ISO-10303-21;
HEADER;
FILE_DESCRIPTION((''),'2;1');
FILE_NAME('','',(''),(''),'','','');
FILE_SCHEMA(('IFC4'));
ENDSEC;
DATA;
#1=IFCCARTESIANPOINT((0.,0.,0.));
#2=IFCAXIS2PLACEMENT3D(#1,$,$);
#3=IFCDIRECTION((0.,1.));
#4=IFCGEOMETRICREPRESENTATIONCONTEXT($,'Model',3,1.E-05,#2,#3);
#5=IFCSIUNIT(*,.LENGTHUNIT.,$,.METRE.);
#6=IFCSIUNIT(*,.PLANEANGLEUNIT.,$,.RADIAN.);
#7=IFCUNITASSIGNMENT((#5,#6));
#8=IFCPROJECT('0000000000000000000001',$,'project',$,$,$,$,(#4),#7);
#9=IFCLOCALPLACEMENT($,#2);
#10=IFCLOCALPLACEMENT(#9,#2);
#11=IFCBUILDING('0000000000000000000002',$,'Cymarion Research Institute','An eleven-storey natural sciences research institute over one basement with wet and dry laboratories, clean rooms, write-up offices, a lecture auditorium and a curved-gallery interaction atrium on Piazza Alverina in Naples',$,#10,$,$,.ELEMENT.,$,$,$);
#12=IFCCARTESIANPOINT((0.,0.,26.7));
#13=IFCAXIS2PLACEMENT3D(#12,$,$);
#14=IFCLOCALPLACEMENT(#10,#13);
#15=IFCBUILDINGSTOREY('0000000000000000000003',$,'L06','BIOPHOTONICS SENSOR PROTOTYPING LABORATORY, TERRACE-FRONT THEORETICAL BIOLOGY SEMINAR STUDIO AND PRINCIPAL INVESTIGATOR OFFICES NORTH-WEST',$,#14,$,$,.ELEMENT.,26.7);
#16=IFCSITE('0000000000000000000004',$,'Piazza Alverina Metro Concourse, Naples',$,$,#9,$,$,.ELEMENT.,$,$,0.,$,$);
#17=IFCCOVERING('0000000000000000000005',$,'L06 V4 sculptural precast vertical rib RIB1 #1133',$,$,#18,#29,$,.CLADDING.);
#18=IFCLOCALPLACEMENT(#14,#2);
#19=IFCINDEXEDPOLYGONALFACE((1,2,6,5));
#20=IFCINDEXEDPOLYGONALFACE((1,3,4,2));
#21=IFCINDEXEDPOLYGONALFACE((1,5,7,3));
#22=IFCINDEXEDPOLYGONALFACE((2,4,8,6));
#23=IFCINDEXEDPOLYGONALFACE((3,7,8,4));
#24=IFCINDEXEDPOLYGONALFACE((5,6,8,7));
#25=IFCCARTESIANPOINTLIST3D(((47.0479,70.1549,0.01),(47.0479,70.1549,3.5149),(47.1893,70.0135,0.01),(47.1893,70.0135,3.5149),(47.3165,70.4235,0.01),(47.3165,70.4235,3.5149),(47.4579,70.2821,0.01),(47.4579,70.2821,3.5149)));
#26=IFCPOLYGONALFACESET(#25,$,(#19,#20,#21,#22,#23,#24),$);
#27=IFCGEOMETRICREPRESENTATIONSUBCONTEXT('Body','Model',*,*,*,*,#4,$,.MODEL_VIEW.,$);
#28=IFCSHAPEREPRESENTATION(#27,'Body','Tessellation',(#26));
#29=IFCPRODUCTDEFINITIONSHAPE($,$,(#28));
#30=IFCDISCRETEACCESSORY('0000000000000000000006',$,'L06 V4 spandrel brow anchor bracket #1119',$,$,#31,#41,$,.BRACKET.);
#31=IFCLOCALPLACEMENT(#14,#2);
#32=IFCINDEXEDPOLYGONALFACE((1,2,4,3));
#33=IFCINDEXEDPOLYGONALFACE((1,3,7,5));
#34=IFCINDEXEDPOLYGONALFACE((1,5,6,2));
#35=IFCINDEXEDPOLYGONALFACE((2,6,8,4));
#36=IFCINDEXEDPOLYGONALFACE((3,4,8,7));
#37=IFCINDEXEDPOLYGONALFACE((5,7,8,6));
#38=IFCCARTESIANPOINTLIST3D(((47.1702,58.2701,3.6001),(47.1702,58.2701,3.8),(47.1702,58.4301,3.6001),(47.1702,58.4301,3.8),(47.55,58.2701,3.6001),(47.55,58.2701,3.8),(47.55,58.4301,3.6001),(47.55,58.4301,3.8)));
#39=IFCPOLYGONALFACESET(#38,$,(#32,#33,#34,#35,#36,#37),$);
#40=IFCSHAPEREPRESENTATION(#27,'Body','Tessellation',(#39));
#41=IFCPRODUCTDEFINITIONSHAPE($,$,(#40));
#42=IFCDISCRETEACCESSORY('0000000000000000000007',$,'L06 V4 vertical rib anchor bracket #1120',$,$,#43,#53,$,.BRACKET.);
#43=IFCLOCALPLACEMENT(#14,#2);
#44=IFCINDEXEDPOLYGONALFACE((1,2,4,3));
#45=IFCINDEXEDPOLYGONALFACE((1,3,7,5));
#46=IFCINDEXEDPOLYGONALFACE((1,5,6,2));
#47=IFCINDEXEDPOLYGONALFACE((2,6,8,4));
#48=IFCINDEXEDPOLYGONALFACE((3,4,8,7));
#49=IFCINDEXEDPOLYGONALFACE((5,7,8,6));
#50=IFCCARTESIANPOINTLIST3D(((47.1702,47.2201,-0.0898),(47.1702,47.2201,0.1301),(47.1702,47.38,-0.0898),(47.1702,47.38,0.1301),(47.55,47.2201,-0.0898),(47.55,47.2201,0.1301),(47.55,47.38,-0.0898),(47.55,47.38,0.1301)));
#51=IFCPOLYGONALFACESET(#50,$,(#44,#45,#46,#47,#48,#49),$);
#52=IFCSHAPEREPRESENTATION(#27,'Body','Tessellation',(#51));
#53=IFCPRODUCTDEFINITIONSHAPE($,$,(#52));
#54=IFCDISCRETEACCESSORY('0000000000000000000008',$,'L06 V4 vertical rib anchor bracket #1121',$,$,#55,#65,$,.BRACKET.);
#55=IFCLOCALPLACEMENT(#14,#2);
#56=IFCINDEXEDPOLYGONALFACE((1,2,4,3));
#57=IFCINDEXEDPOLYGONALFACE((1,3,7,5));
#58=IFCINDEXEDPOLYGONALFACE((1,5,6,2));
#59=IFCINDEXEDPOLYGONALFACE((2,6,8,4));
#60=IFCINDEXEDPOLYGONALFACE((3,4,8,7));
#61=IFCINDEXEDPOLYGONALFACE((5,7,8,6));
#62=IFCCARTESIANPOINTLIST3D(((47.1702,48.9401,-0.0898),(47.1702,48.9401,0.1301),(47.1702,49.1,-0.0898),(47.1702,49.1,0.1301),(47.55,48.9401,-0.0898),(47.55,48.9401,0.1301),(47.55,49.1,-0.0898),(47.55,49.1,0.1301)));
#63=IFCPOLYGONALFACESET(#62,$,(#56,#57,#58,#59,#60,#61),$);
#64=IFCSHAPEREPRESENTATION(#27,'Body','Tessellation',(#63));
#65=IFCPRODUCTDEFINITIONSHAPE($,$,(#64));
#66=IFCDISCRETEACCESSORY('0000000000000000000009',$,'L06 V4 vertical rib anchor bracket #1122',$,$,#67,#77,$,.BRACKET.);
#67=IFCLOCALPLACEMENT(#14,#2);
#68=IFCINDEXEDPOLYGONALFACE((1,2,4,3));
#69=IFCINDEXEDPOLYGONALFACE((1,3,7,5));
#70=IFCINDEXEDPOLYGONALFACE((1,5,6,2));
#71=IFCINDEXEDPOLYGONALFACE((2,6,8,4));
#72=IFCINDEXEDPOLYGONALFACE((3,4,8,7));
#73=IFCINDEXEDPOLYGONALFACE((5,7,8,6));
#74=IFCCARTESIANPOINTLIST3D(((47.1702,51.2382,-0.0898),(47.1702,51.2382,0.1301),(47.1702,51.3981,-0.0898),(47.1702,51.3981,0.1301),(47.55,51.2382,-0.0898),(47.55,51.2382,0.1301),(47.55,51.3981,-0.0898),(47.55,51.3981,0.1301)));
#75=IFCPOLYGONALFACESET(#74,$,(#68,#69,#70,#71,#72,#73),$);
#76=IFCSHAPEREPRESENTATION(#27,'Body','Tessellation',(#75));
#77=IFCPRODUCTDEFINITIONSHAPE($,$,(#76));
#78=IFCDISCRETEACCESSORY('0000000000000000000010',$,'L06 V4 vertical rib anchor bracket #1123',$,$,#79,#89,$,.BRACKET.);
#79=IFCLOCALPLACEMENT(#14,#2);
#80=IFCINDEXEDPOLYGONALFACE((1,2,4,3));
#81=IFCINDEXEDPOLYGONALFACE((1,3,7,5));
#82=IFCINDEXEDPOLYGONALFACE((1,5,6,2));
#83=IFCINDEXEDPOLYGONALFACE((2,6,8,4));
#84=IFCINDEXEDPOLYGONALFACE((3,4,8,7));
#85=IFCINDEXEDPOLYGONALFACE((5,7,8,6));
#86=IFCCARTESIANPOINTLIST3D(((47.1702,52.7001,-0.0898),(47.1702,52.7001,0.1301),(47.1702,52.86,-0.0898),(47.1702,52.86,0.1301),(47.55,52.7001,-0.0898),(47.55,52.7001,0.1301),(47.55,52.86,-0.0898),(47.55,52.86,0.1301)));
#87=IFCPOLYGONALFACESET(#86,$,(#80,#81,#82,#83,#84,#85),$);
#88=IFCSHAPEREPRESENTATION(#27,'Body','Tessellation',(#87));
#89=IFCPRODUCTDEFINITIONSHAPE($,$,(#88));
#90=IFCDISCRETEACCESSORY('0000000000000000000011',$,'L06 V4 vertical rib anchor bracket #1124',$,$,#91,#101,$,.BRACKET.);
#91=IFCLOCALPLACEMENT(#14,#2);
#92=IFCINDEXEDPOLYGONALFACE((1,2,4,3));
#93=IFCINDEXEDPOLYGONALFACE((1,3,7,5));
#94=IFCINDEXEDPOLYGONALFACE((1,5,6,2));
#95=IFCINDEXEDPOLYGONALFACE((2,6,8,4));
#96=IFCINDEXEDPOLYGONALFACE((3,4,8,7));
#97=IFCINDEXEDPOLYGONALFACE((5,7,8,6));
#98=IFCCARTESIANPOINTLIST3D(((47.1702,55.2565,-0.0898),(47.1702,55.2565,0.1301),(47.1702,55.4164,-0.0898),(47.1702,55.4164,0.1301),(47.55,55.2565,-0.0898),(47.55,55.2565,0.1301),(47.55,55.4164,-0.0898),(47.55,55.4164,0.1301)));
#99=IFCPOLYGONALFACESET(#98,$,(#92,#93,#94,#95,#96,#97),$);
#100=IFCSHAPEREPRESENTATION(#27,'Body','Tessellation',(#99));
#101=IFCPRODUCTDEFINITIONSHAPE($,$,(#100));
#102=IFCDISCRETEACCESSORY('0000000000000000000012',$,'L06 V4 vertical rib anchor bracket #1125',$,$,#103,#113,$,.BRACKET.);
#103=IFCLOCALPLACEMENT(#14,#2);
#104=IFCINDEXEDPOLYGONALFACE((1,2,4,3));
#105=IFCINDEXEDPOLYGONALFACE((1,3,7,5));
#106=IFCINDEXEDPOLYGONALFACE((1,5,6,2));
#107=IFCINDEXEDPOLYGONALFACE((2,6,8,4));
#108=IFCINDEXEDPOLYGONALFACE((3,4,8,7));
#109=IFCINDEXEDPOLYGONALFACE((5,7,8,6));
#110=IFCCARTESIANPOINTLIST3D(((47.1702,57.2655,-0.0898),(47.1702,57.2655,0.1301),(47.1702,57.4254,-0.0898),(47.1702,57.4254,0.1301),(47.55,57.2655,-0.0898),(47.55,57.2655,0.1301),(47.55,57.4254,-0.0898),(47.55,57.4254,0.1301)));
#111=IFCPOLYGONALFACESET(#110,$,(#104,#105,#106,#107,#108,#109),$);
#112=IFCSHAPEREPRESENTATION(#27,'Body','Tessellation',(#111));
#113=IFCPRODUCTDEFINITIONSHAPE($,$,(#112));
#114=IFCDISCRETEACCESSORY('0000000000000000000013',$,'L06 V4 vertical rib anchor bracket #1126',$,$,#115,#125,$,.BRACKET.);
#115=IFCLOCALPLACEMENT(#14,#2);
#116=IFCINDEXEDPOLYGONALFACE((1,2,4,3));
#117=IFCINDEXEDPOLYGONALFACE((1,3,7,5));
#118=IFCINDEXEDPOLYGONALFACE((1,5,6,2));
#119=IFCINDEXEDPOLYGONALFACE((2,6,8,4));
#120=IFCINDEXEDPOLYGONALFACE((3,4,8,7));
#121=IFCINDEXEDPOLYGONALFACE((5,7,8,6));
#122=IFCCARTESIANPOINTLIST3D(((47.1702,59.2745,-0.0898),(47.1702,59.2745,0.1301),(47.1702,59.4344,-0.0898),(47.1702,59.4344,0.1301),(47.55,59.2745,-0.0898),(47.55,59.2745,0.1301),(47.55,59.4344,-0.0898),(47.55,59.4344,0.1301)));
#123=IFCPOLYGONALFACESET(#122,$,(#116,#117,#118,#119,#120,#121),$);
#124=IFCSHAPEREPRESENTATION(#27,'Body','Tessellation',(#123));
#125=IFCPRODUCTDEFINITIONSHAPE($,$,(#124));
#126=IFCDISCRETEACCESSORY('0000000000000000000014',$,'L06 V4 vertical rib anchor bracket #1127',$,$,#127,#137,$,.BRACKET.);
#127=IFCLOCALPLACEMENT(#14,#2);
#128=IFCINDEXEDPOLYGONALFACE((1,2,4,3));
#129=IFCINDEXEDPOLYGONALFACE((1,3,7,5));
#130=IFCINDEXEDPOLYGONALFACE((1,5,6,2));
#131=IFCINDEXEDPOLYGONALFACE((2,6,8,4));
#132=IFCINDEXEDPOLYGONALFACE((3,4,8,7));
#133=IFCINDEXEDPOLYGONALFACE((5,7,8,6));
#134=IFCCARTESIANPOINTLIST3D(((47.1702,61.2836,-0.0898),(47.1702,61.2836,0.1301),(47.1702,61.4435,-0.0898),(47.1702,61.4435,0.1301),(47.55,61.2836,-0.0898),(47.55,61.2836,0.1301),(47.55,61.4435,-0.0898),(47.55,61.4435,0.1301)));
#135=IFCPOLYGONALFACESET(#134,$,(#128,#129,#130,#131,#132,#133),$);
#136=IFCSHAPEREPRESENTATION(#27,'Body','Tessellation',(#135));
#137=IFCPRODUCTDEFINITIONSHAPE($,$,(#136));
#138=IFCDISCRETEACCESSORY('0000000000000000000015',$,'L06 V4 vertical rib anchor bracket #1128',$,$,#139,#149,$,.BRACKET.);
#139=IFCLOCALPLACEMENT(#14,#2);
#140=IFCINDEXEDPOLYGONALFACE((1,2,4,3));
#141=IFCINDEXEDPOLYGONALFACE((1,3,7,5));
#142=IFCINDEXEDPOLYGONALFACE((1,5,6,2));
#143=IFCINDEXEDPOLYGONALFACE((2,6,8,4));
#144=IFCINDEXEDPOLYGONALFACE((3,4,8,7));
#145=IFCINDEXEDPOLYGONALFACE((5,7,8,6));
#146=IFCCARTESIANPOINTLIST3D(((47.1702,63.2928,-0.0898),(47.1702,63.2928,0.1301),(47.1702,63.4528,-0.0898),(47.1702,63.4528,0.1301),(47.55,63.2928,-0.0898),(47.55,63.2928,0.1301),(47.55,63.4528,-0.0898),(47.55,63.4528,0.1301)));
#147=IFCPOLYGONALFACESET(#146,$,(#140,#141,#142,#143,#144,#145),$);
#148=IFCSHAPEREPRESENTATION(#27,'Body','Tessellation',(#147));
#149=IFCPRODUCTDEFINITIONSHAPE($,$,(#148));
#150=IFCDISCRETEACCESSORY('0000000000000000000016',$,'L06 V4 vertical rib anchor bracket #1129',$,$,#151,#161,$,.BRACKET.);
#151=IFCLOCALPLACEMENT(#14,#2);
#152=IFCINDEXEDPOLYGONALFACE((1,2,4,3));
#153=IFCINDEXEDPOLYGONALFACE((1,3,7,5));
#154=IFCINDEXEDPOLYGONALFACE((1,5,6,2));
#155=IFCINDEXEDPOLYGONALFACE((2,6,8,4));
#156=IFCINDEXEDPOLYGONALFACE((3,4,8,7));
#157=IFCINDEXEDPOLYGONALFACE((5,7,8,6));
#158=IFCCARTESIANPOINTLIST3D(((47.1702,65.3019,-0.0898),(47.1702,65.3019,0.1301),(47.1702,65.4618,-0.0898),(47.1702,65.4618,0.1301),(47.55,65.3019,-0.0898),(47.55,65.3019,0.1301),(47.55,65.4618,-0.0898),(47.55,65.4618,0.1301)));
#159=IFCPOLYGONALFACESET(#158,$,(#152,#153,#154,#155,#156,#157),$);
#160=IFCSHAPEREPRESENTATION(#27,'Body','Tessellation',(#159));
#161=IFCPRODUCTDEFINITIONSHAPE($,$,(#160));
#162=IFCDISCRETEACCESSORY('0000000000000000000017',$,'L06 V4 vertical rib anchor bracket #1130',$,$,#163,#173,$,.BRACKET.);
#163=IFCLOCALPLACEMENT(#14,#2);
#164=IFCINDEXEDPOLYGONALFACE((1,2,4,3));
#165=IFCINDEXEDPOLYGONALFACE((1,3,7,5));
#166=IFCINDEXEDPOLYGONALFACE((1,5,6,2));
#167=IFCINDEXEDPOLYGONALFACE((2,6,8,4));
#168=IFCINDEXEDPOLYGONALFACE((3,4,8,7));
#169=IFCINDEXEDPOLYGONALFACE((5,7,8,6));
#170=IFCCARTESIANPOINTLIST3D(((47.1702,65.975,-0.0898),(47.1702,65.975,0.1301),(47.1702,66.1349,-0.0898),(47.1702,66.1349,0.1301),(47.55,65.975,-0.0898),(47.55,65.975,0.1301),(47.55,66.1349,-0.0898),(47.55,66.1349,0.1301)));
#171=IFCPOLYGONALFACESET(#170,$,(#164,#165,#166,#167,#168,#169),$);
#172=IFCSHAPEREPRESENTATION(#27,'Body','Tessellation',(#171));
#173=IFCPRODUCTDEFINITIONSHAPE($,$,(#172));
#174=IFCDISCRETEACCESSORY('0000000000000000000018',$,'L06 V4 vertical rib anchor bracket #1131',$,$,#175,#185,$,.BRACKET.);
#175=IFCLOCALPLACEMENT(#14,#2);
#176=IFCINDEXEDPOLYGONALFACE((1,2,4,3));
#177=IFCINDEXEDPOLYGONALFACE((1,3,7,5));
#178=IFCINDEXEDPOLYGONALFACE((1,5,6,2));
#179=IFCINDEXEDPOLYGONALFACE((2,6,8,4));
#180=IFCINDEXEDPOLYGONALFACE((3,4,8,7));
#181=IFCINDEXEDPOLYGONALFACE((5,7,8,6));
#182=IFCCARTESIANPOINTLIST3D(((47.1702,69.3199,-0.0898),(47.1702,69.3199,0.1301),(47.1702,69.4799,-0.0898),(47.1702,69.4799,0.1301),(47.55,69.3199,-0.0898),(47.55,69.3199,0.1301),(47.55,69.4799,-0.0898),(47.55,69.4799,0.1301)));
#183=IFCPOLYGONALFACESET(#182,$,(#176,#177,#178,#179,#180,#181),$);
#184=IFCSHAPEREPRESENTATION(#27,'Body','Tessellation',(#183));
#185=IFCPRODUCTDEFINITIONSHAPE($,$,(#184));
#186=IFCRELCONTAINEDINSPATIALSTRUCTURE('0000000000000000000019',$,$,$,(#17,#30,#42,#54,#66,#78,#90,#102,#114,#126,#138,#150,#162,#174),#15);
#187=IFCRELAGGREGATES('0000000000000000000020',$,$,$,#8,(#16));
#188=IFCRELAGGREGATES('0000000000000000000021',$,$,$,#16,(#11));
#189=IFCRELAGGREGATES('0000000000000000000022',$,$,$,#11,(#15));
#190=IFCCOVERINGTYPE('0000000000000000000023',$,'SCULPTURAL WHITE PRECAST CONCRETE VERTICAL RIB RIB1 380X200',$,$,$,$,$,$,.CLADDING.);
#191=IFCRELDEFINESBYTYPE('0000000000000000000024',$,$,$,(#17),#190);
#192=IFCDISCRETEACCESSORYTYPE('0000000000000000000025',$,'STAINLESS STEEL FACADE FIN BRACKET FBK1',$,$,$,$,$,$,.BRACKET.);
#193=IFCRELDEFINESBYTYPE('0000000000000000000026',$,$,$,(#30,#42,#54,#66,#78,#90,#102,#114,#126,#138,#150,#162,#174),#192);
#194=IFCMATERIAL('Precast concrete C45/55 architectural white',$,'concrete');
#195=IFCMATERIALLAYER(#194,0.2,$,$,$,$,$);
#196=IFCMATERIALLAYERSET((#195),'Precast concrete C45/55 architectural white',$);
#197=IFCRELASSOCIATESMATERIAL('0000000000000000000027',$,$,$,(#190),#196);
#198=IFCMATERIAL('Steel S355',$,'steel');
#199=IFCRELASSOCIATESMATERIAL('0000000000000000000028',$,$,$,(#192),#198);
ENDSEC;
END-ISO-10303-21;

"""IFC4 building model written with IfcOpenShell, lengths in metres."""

from ifc_helpers import new_model, si_unit, direction, frame, origin, origin_2d, place, context, subcontext, project, spatial, rectangle, extrude, material, layer, layer_set, type_object, element, save


model = new_model("IFC4")

# Units and contexts
model_context = context("Model", 3, precision=1e-05, world=origin(), true_north=direction((0.0, 1.0)))
body_context = subcontext(model_context, "Body", "Model", "MODEL_VIEW")
ifc_project = project(units=[si_unit("LENGTHUNIT", "METRE"), si_unit("PLANEANGLEUNIT", "RADIAN")], contexts=[model_context])

# Site, building, storey
site_placement = place(None, origin())
site = spatial("IfcSite", under=ifc_project, at=site_placement, Name="Piazza Alverina Metro Concourse, Naples", CompositionType="ELEMENT", RefElevation=0.0)
building_placement = place(site_placement, origin())
building = spatial("IfcBuilding", under=site, at=building_placement, Name="Cymarion Research Institute", Description="An eleven-storey natural sciences research institute over one basement with wet and dry laboratories, clean rooms, write-up offices, a lecture auditorium and a curved-gallery interaction atrium on Piazza Alverina in Naples", CompositionType="ELEMENT")
storey_placement = place(building_placement, frame((0.0, 0.0, 26.7)))
storey = spatial("IfcBuildingStorey", under=building, at=storey_placement, Name="L06", Description="BIOPHOTONICS SENSOR PROTOTYPING LABORATORY, TERRACE-FRONT THEORETICAL BIOLOGY SEMINAR STUDIO AND PRINCIPAL INVESTIGATOR OFFICES NORTH-WEST", CompositionType="ELEMENT", Elevation=26.7)

# Covering
ifc_material_1 = material(Name="Precast concrete C45/55 architectural white", Category="concrete")
ifc_layer_1 = layer(ifc_material_1, 0.2)
ifc_layer_set_1 = layer_set([ifc_layer_1], Name="Precast concrete C45/55 architectural white")
covering_type_1 = type_object("IfcCoveringType", Name="SCULPTURAL WHITE PRECAST CONCRETE VERTICAL RIB RIB1 380X200", PredefinedType="CLADDING", material=ifc_layer_set_1)
for number, where, z_axis, x_axis, name in (
    (1, (47.2529, 70.2185, 0.01), (0.0, 0.0, 1.0), (0.707107, 0.707107, 0.0), "L06 V4 sculptural precast vertical rib RIB1 #1133"),
):
    element("IfcCovering", number, at=place(storey_placement, frame(where, z_axis=z_axis, x_axis=x_axis)), inside=storey, type_object=covering_type_1, Name=name, PredefinedType="CLADDING", context=body_context, shape_type="SweptSolid", body=[
        extrude(rectangle(XDim=0.3799, YDim=0.2, at=origin_2d()), origin(), (0.0, 0.0, 1.0), 3.5049),
    ])

# Discrete accessories
ifc_material_2 = material(Name="Steel S355", Category="steel")
discrete_accessory_type = type_object("IfcDiscreteAccessoryType", Name="STAINLESS STEEL FACADE FIN BRACKET FBK1", PredefinedType="BRACKET", material=ifc_material_2)
discrete_accessory_placement = place(storey_placement, frame((47.3601, 58.3501, 3.6001), z_axis=(0.0, 0.0, 1.0), x_axis=(1.0, 0.0, 0.0)))
element("IfcDiscreteAccessory", 2, at=discrete_accessory_placement, inside=storey, type_object=discrete_accessory_type, Name="L06 V4 spandrel brow anchor bracket #1119", PredefinedType="BRACKET", context=body_context, shape_type="SweptSolid", body=[
    extrude(rectangle(XDim=0.3799, YDim=0.1599, at=origin_2d()), origin(), (0.0, 0.0, 1.0), 0.2),
])
for number, where, z_axis, x_axis, name in (
    (3, (47.3601, 47.3, -0.0898), (0.0, 0.0, 1.0), (1.0, 0.0, 0.0), "L06 V4 vertical rib anchor bracket #1120"),
    (4, (47.3601, 49.02, -0.0898), (0.0, 0.0, 1.0), (1.0, 0.0, 0.0), "L06 V4 vertical rib anchor bracket #1121"),
    (5, (47.3601, 51.3181, -0.0898), (0.0, 0.0, 1.0), (1.0, 0.0, 0.0), "L06 V4 vertical rib anchor bracket #1122"),
    (6, (47.3601, 52.78, -0.0898), (0.0, 0.0, 1.0), (1.0, 0.0, 0.0), "L06 V4 vertical rib anchor bracket #1123"),
    (7, (47.3601, 55.3364, -0.0898), (0.0, 0.0, 1.0), (1.0, 0.0, 0.0), "L06 V4 vertical rib anchor bracket #1124"),
    (8, (47.3601, 57.3455, -0.0898), (0.0, 0.0, 1.0), (1.0, 0.0, 0.0), "L06 V4 vertical rib anchor bracket #1125"),
    (9, (47.3601, 59.3545, -0.0898), (0.0, 0.0, 1.0), (1.0, 0.0, 0.0), "L06 V4 vertical rib anchor bracket #1126"),
    (10, (47.3601, 61.3635, -0.0898), (0.0, 0.0, 1.0), (1.0, 0.0, 0.0), "L06 V4 vertical rib anchor bracket #1127"),
    (11, (47.3601, 63.3728, -0.0898), (0.0, 0.0, 1.0), (1.0, 0.0, 0.0), "L06 V4 vertical rib anchor bracket #1128"),
    (12, (47.3601, 65.3818, -0.0898), (0.0, 0.0, 1.0), (1.0, 0.0, 0.0), "L06 V4 vertical rib anchor bracket #1129"),
    (13, (47.3601, 66.0549, -0.0898), (0.0, 0.0, 1.0), (1.0, 0.0, 0.0), "L06 V4 vertical rib anchor bracket #1130"),
    (14, (47.3601, 69.3999, -0.0898), (0.0, 0.0, 1.0), (1.0, 0.0, 0.0), "L06 V4 vertical rib anchor bracket #1131"),
):
    element("IfcDiscreteAccessory", number, at=place(storey_placement, frame(where, z_axis=z_axis, x_axis=x_axis)), inside=storey, type_object=discrete_accessory_type, Name=name, PredefinedType="BRACKET", context=body_context, shape_type="SweptSolid", body=[
        extrude(rectangle(XDim=0.3799, YDim=0.1599, at=origin_2d()), origin(), (0.0, 0.0, 1.0), 0.22),
    ])

save(model, "model.ifc")
